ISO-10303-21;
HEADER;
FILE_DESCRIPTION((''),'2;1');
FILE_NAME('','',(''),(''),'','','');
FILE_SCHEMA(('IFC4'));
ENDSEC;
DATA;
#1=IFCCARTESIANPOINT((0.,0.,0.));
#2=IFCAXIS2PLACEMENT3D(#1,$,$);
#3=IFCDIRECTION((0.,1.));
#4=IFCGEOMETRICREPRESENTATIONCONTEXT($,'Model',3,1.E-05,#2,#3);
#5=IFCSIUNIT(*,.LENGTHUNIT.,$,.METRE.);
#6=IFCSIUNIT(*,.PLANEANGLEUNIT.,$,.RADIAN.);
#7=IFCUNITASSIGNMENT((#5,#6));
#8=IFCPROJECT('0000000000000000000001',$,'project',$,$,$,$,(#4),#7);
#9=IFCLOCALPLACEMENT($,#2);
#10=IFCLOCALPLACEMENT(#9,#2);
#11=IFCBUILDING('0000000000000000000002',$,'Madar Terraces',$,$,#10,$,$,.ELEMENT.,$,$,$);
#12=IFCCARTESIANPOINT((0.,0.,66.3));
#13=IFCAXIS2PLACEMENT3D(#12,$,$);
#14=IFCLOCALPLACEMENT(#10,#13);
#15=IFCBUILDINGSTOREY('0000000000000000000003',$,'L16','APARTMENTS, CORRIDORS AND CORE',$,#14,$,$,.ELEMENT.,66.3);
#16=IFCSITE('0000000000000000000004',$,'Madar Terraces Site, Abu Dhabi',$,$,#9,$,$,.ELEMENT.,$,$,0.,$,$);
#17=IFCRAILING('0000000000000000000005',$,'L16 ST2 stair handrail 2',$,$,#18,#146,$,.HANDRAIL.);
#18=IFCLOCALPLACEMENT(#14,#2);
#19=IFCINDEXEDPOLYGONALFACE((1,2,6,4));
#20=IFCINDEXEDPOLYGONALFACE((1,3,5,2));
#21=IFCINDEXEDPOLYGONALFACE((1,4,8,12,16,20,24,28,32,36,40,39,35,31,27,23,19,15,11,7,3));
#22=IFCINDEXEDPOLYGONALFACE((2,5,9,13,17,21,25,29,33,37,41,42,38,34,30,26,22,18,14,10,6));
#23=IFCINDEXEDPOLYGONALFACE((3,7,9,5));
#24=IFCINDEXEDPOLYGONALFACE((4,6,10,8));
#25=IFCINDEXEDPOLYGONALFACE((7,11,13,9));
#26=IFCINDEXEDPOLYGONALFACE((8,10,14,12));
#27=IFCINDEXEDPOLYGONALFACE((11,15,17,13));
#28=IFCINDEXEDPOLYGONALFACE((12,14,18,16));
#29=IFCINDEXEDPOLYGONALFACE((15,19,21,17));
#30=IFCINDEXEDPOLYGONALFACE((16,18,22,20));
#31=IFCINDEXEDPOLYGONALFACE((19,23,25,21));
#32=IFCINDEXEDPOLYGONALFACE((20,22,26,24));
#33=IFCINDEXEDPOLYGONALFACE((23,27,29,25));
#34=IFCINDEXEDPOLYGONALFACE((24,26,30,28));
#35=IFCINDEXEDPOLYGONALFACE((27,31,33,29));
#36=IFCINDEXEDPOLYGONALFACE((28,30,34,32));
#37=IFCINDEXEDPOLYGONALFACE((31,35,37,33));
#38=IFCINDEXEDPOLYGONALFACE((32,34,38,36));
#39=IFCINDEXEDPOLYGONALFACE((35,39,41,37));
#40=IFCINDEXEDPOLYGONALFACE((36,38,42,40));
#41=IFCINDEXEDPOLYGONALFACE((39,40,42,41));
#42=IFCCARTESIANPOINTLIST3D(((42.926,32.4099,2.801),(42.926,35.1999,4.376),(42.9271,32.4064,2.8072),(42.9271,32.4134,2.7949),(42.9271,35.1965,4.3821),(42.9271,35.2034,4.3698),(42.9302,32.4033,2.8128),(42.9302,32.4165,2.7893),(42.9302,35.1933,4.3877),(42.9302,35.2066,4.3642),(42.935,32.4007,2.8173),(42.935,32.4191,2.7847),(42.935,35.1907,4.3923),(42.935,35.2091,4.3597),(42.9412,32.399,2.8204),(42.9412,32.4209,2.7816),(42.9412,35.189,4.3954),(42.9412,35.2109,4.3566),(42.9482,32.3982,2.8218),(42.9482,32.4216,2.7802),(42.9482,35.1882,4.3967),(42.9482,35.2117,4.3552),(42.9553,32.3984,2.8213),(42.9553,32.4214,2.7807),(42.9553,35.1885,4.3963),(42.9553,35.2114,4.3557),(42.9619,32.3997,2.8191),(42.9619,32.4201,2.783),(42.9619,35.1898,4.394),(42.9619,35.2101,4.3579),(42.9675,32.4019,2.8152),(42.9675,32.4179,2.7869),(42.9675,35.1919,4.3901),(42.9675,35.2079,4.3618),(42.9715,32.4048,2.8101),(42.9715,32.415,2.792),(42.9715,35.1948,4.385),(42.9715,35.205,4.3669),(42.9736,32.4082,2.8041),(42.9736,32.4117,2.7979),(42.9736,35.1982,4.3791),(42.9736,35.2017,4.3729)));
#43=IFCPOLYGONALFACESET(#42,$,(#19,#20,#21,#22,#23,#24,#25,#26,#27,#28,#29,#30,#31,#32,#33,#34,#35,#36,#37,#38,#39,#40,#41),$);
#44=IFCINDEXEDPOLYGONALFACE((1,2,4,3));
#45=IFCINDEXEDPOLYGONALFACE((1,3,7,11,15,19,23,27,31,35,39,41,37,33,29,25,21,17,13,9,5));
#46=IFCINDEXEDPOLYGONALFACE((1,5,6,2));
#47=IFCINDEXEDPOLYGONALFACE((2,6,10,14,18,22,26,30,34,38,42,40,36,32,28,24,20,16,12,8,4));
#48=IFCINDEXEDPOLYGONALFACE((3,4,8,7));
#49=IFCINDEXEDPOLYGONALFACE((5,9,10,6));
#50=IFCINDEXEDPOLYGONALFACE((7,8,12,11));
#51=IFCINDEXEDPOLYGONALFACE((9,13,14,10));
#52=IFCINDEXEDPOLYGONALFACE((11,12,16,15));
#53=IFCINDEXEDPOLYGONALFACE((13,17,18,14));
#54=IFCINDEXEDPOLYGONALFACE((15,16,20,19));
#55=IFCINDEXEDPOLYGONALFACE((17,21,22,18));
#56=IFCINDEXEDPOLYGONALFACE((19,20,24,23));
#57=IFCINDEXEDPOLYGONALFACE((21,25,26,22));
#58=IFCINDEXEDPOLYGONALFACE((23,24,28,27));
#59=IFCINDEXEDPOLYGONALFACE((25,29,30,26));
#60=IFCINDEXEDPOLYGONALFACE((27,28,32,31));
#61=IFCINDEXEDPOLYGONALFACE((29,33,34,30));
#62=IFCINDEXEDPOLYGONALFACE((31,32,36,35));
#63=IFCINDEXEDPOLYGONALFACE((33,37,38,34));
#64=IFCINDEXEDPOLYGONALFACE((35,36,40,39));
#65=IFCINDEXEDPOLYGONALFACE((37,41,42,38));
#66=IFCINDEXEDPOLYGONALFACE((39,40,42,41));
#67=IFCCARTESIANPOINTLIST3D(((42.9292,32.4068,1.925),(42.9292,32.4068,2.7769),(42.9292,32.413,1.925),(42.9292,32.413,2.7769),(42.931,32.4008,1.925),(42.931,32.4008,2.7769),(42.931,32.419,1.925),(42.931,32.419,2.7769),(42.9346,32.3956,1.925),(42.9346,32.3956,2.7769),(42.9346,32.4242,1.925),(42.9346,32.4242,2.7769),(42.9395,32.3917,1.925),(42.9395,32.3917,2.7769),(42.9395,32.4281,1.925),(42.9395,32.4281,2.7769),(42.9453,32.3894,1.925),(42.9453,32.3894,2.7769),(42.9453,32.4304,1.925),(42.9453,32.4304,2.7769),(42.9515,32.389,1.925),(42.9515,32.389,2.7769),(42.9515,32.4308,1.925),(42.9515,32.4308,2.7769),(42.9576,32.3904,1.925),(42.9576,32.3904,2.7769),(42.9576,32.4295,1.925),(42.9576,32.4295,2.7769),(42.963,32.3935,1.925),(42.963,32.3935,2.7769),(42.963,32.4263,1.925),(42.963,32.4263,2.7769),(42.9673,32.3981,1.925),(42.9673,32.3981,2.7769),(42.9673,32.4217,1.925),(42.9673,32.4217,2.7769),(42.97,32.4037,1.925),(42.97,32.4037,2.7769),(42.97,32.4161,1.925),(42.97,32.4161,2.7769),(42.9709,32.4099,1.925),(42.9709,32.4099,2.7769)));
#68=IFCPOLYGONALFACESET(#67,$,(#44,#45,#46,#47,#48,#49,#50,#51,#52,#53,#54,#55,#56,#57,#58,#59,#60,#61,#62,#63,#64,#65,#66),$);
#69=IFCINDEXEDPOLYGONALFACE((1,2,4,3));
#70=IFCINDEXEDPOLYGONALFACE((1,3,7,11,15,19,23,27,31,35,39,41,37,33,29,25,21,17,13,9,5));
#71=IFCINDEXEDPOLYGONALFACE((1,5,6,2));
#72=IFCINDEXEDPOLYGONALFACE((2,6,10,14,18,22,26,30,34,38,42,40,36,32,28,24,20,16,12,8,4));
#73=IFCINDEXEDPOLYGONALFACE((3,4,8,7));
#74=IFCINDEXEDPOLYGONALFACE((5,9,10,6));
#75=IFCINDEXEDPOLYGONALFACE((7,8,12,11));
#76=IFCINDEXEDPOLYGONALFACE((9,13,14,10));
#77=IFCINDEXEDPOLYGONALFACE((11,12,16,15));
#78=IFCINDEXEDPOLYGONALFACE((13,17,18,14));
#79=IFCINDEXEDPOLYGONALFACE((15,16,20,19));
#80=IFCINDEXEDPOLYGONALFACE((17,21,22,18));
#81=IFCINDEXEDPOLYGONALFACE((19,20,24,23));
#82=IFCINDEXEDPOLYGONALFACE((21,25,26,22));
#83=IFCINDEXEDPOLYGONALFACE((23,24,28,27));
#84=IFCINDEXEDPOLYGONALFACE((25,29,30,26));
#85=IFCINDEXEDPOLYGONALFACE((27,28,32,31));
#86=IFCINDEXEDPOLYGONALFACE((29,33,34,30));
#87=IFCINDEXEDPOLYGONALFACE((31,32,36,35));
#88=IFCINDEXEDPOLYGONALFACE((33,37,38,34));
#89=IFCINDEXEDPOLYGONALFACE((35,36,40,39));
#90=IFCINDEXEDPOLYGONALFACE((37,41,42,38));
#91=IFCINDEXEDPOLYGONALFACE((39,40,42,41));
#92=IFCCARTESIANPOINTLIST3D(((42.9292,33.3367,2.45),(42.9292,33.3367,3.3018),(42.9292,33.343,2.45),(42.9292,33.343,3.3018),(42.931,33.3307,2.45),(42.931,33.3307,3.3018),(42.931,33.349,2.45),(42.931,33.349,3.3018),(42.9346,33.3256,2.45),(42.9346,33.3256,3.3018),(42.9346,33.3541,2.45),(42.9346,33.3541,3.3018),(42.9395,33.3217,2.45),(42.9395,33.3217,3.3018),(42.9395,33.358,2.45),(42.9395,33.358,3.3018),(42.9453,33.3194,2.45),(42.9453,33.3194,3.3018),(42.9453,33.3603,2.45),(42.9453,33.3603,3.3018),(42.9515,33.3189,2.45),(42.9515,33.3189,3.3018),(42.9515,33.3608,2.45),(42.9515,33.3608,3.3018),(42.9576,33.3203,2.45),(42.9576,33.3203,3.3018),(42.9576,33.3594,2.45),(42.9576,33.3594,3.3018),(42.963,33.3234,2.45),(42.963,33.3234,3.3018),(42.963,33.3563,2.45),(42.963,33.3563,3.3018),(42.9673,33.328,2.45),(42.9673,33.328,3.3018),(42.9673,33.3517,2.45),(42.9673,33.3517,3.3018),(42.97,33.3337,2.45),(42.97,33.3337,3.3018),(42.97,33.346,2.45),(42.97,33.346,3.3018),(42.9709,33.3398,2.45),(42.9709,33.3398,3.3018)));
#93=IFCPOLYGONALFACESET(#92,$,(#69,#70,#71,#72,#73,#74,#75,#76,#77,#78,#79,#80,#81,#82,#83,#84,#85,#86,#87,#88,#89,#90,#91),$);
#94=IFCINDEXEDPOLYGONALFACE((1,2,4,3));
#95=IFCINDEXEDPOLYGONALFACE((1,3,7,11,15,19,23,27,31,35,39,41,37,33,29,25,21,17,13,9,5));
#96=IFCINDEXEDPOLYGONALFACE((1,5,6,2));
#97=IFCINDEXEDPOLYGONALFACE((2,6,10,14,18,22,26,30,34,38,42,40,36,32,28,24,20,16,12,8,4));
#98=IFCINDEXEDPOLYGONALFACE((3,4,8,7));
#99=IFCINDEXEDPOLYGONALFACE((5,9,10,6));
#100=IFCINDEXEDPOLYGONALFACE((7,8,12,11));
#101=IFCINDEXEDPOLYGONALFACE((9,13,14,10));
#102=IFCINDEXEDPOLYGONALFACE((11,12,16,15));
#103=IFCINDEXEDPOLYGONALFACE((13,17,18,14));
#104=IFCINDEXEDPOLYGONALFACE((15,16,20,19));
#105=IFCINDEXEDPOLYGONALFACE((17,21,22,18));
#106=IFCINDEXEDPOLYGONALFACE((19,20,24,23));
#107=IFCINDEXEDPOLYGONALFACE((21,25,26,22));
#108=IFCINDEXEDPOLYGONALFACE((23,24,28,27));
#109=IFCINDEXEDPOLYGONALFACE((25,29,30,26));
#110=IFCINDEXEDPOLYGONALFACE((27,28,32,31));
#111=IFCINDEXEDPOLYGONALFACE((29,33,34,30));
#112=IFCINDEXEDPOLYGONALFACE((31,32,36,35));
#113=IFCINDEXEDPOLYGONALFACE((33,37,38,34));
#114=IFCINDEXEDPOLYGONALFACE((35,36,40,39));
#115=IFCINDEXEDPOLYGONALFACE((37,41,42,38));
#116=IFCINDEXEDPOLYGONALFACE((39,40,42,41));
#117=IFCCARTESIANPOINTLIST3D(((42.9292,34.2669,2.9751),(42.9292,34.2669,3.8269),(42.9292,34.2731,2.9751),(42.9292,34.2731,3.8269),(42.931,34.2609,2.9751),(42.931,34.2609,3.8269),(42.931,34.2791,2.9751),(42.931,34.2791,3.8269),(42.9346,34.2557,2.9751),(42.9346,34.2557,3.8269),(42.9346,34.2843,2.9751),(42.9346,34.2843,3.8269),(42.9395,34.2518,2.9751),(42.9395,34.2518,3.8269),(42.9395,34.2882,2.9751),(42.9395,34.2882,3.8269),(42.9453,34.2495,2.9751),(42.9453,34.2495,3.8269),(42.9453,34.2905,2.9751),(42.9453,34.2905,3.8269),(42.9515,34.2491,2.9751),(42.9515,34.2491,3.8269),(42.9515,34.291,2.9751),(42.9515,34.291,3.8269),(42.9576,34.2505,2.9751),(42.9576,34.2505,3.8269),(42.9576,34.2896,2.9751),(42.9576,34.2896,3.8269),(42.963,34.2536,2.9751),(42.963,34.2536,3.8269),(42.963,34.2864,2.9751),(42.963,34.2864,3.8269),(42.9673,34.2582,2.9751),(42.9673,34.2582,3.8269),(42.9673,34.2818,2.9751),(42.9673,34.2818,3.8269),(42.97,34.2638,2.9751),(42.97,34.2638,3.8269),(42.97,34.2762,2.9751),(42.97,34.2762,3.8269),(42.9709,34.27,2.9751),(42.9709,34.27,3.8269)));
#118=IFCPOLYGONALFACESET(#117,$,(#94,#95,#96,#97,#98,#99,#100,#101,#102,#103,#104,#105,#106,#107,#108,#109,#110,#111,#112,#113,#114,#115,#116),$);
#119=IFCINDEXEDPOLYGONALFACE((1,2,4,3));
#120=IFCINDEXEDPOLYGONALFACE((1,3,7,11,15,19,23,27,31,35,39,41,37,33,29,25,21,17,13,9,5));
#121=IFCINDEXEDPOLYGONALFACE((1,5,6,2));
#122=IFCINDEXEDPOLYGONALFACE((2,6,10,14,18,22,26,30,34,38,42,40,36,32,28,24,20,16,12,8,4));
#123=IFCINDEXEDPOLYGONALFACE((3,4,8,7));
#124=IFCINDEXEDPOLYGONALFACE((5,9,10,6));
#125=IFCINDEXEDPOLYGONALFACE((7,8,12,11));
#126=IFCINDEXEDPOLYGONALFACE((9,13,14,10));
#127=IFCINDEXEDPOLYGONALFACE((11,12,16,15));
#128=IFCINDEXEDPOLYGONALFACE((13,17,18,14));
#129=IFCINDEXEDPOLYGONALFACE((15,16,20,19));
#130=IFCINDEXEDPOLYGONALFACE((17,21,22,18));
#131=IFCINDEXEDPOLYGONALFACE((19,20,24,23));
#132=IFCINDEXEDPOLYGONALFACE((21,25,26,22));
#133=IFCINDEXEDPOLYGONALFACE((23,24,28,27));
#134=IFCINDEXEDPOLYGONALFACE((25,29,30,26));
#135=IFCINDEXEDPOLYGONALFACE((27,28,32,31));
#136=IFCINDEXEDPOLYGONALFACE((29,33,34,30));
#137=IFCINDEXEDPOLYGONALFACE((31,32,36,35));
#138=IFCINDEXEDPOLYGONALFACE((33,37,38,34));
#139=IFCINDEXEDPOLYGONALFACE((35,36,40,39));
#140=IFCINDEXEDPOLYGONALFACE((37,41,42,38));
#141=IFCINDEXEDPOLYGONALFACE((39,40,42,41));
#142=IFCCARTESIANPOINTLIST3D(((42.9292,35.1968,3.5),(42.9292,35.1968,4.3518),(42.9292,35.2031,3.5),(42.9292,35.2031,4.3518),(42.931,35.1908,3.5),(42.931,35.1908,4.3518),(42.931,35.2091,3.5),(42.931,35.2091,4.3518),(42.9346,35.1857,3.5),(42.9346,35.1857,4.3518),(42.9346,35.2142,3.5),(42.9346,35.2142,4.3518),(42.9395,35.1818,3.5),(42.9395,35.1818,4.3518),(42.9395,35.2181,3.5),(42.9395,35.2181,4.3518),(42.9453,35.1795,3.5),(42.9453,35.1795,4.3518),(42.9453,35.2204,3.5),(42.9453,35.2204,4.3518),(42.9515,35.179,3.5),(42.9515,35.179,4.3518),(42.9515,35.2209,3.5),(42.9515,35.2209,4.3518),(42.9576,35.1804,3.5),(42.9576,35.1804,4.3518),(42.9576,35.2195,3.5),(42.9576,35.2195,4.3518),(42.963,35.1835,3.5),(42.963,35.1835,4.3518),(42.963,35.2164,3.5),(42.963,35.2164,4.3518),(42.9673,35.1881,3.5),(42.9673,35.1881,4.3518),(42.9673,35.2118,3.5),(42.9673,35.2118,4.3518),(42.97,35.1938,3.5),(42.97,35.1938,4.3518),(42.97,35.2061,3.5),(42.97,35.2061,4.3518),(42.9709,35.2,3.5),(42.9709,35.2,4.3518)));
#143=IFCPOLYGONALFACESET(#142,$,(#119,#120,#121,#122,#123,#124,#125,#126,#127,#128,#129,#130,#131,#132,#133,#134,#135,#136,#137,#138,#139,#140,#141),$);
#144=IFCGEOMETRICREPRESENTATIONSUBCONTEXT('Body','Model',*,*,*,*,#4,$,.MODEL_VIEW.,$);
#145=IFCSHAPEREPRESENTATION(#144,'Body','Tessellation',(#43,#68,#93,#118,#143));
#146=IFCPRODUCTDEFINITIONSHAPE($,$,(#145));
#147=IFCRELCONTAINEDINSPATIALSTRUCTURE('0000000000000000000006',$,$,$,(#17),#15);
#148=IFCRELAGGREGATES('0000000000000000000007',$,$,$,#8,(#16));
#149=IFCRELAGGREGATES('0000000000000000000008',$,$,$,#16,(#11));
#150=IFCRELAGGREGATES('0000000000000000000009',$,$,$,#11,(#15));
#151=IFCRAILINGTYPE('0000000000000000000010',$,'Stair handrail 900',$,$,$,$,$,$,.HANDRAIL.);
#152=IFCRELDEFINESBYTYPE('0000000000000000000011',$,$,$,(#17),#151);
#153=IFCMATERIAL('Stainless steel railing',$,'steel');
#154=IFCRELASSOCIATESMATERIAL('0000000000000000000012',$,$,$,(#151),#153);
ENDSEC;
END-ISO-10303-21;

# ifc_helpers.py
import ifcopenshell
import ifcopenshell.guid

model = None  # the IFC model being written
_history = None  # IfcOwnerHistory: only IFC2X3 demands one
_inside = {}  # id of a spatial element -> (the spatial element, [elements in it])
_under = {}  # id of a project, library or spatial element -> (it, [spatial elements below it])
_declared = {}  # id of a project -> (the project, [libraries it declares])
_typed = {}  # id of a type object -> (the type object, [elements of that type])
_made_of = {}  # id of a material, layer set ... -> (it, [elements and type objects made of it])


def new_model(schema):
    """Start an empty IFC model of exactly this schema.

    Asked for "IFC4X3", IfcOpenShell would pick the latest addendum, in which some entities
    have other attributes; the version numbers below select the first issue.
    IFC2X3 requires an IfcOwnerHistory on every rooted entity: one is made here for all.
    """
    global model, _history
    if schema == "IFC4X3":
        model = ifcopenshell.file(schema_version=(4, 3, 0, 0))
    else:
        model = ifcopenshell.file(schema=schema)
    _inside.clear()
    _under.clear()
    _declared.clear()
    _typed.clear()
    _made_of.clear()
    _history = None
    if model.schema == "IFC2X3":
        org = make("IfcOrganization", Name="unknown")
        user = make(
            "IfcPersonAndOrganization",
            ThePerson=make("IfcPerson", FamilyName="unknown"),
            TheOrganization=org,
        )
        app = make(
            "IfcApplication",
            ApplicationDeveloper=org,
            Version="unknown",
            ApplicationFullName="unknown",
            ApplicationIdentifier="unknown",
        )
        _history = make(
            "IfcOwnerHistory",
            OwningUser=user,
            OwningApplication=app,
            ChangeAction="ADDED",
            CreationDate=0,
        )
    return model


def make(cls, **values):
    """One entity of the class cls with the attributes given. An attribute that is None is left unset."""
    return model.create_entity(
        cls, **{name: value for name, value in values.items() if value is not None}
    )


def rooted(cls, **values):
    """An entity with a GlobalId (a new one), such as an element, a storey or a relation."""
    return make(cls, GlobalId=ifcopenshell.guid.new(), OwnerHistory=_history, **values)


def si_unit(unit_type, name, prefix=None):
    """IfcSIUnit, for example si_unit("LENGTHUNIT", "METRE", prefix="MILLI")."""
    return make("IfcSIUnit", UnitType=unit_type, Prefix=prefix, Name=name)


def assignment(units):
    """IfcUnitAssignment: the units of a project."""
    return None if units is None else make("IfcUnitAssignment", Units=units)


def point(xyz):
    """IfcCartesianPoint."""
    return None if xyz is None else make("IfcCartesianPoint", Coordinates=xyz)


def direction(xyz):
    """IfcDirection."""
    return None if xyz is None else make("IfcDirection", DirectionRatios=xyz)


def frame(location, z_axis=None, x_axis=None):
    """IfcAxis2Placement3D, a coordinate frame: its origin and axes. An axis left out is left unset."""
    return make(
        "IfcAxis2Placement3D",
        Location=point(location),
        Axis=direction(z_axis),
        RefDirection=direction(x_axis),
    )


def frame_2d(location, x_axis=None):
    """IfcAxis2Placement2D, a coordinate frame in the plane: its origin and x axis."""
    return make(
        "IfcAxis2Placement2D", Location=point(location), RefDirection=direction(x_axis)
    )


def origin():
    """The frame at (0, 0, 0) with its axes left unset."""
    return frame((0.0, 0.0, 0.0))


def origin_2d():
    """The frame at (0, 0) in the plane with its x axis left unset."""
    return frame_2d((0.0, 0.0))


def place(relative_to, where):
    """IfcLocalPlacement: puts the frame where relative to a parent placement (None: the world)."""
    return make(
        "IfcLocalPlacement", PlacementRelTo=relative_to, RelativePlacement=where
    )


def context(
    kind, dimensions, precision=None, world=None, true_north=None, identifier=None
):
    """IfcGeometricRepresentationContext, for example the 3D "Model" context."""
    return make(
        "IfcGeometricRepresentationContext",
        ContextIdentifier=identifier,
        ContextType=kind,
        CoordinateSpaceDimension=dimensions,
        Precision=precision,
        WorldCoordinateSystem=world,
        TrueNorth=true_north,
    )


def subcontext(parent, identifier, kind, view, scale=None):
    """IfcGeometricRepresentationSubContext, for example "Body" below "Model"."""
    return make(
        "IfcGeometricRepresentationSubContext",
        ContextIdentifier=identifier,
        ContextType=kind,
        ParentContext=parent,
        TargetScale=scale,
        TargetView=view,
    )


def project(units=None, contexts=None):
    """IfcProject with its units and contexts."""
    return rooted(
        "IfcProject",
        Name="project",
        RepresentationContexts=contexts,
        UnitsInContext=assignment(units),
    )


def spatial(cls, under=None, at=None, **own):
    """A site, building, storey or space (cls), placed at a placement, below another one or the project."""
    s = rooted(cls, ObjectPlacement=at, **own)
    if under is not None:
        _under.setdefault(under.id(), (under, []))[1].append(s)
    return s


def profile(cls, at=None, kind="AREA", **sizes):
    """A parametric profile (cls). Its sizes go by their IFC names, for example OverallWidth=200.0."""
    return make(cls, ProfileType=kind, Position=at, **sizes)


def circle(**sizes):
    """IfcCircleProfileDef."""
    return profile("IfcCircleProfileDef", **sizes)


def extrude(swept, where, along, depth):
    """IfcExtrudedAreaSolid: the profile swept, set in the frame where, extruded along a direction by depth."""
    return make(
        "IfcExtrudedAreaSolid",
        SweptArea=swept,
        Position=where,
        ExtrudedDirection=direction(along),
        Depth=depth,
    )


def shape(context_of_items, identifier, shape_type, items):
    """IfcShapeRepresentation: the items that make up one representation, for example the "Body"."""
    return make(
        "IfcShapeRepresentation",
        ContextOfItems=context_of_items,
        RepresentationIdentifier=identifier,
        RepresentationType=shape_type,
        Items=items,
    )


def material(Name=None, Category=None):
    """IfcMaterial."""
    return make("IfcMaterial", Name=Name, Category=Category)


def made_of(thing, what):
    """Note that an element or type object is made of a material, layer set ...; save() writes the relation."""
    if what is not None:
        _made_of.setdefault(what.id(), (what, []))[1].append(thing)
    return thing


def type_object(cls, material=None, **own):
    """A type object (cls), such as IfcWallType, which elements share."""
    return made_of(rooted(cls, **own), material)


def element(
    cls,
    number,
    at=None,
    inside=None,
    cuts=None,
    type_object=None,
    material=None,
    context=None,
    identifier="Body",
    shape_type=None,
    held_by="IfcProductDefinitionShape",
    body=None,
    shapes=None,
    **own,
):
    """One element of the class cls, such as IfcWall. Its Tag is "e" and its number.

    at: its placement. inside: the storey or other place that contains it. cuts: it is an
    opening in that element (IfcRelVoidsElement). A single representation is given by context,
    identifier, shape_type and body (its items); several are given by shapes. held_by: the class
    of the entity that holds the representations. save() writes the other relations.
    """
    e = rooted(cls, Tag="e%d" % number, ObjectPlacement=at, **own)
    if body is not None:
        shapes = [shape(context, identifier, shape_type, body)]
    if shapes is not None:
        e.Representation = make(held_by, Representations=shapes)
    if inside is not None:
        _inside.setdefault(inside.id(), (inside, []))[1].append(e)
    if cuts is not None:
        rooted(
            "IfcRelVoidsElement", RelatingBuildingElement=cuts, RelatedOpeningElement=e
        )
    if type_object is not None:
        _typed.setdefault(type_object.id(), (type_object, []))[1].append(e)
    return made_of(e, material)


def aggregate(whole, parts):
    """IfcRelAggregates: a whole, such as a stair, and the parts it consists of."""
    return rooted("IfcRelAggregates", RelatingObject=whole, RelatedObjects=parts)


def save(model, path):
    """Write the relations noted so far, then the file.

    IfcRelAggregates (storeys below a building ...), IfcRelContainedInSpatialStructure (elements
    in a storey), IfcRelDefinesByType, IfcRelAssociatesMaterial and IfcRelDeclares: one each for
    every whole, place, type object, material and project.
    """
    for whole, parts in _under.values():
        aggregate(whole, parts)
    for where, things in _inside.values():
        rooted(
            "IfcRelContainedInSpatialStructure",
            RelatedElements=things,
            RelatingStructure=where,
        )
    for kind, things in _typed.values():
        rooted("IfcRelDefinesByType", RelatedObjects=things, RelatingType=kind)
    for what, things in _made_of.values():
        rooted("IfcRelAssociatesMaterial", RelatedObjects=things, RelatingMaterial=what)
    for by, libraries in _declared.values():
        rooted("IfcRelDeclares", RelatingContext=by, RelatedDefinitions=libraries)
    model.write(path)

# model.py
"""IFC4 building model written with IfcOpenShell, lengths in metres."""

from ifc_helpers import new_model, si_unit, direction, frame, origin, origin_2d, place, context, subcontext, project, spatial, circle, extrude, material, type_object, element, save


model = new_model("IFC4")

# Units and contexts
model_context = context("Model", 3, precision=1e-05, world=origin(), true_north=direction((0.0, 1.0)))
body_context = subcontext(model_context, "Body", "Model", "MODEL_VIEW")
ifc_project = project(units=[si_unit("LENGTHUNIT", "METRE"), si_unit("PLANEANGLEUNIT", "RADIAN")], contexts=[model_context])

# Site, building, storey
site_placement = place(None, origin())
site = spatial("IfcSite", under=ifc_project, at=site_placement, Name="Madar Terraces Site, Abu Dhabi", CompositionType="ELEMENT", RefElevation=0.0)
building_placement = place(site_placement, origin())
building = spatial("IfcBuilding", under=site, at=building_placement, Name="Madar Terraces", CompositionType="ELEMENT")
storey_placement = place(building_placement, frame((0.0, 0.0, 66.3)))
storey = spatial("IfcBuildingStorey", under=building, at=storey_placement, Name="L16", Description="APARTMENTS, CORRIDORS AND CORE", CompositionType="ELEMENT", Elevation=66.3)

# Railing
ifc_material_1 = material(Name="Stainless steel railing", Category="steel")
railing_type_1 = type_object("IfcRailingType", Name="Stair handrail 900", PredefinedType="HANDRAIL", material=ifc_material_1)
railing_1_placement = place(storey_placement, frame((42.95, 32.4099, 1.925)))
element("IfcRailing", 1, at=railing_1_placement, inside=storey, type_object=railing_type_1, Name="L16 ST2 stair handrail 2", PredefinedType="HANDRAIL", context=body_context, shape_type="SweptSolid", body=[
    extrude(circle(Radius=0.0239, at=origin_2d()), frame((0.0, 0.0, 0.876), z_axis=(0.0, 0.870834, 0.491578), x_axis=(-1.0, 0.0, 0.0)), (0.0, 0.0, 1.0), 3.2039),
    extrude(circle(Radius=0.021, at=origin_2d()), origin(), (0.0, 0.0, 1.0), 0.8518),
    extrude(circle(Radius=0.021, at=origin_2d()), frame((0.0, 0.9299, 0.5249)), (0.0, 0.0, 1.0), 0.8518),
    extrude(circle(Radius=0.021, at=origin_2d()), frame((0.0, 1.8601, 1.05)), (0.0, 0.0, 1.0), 0.8518),
    extrude(circle(Radius=0.021, at=origin_2d()), frame((0.0, 2.79, 1.575)), (0.0, 0.0, 1.0), 0.8518),
])

save(model, "model.ifc")
